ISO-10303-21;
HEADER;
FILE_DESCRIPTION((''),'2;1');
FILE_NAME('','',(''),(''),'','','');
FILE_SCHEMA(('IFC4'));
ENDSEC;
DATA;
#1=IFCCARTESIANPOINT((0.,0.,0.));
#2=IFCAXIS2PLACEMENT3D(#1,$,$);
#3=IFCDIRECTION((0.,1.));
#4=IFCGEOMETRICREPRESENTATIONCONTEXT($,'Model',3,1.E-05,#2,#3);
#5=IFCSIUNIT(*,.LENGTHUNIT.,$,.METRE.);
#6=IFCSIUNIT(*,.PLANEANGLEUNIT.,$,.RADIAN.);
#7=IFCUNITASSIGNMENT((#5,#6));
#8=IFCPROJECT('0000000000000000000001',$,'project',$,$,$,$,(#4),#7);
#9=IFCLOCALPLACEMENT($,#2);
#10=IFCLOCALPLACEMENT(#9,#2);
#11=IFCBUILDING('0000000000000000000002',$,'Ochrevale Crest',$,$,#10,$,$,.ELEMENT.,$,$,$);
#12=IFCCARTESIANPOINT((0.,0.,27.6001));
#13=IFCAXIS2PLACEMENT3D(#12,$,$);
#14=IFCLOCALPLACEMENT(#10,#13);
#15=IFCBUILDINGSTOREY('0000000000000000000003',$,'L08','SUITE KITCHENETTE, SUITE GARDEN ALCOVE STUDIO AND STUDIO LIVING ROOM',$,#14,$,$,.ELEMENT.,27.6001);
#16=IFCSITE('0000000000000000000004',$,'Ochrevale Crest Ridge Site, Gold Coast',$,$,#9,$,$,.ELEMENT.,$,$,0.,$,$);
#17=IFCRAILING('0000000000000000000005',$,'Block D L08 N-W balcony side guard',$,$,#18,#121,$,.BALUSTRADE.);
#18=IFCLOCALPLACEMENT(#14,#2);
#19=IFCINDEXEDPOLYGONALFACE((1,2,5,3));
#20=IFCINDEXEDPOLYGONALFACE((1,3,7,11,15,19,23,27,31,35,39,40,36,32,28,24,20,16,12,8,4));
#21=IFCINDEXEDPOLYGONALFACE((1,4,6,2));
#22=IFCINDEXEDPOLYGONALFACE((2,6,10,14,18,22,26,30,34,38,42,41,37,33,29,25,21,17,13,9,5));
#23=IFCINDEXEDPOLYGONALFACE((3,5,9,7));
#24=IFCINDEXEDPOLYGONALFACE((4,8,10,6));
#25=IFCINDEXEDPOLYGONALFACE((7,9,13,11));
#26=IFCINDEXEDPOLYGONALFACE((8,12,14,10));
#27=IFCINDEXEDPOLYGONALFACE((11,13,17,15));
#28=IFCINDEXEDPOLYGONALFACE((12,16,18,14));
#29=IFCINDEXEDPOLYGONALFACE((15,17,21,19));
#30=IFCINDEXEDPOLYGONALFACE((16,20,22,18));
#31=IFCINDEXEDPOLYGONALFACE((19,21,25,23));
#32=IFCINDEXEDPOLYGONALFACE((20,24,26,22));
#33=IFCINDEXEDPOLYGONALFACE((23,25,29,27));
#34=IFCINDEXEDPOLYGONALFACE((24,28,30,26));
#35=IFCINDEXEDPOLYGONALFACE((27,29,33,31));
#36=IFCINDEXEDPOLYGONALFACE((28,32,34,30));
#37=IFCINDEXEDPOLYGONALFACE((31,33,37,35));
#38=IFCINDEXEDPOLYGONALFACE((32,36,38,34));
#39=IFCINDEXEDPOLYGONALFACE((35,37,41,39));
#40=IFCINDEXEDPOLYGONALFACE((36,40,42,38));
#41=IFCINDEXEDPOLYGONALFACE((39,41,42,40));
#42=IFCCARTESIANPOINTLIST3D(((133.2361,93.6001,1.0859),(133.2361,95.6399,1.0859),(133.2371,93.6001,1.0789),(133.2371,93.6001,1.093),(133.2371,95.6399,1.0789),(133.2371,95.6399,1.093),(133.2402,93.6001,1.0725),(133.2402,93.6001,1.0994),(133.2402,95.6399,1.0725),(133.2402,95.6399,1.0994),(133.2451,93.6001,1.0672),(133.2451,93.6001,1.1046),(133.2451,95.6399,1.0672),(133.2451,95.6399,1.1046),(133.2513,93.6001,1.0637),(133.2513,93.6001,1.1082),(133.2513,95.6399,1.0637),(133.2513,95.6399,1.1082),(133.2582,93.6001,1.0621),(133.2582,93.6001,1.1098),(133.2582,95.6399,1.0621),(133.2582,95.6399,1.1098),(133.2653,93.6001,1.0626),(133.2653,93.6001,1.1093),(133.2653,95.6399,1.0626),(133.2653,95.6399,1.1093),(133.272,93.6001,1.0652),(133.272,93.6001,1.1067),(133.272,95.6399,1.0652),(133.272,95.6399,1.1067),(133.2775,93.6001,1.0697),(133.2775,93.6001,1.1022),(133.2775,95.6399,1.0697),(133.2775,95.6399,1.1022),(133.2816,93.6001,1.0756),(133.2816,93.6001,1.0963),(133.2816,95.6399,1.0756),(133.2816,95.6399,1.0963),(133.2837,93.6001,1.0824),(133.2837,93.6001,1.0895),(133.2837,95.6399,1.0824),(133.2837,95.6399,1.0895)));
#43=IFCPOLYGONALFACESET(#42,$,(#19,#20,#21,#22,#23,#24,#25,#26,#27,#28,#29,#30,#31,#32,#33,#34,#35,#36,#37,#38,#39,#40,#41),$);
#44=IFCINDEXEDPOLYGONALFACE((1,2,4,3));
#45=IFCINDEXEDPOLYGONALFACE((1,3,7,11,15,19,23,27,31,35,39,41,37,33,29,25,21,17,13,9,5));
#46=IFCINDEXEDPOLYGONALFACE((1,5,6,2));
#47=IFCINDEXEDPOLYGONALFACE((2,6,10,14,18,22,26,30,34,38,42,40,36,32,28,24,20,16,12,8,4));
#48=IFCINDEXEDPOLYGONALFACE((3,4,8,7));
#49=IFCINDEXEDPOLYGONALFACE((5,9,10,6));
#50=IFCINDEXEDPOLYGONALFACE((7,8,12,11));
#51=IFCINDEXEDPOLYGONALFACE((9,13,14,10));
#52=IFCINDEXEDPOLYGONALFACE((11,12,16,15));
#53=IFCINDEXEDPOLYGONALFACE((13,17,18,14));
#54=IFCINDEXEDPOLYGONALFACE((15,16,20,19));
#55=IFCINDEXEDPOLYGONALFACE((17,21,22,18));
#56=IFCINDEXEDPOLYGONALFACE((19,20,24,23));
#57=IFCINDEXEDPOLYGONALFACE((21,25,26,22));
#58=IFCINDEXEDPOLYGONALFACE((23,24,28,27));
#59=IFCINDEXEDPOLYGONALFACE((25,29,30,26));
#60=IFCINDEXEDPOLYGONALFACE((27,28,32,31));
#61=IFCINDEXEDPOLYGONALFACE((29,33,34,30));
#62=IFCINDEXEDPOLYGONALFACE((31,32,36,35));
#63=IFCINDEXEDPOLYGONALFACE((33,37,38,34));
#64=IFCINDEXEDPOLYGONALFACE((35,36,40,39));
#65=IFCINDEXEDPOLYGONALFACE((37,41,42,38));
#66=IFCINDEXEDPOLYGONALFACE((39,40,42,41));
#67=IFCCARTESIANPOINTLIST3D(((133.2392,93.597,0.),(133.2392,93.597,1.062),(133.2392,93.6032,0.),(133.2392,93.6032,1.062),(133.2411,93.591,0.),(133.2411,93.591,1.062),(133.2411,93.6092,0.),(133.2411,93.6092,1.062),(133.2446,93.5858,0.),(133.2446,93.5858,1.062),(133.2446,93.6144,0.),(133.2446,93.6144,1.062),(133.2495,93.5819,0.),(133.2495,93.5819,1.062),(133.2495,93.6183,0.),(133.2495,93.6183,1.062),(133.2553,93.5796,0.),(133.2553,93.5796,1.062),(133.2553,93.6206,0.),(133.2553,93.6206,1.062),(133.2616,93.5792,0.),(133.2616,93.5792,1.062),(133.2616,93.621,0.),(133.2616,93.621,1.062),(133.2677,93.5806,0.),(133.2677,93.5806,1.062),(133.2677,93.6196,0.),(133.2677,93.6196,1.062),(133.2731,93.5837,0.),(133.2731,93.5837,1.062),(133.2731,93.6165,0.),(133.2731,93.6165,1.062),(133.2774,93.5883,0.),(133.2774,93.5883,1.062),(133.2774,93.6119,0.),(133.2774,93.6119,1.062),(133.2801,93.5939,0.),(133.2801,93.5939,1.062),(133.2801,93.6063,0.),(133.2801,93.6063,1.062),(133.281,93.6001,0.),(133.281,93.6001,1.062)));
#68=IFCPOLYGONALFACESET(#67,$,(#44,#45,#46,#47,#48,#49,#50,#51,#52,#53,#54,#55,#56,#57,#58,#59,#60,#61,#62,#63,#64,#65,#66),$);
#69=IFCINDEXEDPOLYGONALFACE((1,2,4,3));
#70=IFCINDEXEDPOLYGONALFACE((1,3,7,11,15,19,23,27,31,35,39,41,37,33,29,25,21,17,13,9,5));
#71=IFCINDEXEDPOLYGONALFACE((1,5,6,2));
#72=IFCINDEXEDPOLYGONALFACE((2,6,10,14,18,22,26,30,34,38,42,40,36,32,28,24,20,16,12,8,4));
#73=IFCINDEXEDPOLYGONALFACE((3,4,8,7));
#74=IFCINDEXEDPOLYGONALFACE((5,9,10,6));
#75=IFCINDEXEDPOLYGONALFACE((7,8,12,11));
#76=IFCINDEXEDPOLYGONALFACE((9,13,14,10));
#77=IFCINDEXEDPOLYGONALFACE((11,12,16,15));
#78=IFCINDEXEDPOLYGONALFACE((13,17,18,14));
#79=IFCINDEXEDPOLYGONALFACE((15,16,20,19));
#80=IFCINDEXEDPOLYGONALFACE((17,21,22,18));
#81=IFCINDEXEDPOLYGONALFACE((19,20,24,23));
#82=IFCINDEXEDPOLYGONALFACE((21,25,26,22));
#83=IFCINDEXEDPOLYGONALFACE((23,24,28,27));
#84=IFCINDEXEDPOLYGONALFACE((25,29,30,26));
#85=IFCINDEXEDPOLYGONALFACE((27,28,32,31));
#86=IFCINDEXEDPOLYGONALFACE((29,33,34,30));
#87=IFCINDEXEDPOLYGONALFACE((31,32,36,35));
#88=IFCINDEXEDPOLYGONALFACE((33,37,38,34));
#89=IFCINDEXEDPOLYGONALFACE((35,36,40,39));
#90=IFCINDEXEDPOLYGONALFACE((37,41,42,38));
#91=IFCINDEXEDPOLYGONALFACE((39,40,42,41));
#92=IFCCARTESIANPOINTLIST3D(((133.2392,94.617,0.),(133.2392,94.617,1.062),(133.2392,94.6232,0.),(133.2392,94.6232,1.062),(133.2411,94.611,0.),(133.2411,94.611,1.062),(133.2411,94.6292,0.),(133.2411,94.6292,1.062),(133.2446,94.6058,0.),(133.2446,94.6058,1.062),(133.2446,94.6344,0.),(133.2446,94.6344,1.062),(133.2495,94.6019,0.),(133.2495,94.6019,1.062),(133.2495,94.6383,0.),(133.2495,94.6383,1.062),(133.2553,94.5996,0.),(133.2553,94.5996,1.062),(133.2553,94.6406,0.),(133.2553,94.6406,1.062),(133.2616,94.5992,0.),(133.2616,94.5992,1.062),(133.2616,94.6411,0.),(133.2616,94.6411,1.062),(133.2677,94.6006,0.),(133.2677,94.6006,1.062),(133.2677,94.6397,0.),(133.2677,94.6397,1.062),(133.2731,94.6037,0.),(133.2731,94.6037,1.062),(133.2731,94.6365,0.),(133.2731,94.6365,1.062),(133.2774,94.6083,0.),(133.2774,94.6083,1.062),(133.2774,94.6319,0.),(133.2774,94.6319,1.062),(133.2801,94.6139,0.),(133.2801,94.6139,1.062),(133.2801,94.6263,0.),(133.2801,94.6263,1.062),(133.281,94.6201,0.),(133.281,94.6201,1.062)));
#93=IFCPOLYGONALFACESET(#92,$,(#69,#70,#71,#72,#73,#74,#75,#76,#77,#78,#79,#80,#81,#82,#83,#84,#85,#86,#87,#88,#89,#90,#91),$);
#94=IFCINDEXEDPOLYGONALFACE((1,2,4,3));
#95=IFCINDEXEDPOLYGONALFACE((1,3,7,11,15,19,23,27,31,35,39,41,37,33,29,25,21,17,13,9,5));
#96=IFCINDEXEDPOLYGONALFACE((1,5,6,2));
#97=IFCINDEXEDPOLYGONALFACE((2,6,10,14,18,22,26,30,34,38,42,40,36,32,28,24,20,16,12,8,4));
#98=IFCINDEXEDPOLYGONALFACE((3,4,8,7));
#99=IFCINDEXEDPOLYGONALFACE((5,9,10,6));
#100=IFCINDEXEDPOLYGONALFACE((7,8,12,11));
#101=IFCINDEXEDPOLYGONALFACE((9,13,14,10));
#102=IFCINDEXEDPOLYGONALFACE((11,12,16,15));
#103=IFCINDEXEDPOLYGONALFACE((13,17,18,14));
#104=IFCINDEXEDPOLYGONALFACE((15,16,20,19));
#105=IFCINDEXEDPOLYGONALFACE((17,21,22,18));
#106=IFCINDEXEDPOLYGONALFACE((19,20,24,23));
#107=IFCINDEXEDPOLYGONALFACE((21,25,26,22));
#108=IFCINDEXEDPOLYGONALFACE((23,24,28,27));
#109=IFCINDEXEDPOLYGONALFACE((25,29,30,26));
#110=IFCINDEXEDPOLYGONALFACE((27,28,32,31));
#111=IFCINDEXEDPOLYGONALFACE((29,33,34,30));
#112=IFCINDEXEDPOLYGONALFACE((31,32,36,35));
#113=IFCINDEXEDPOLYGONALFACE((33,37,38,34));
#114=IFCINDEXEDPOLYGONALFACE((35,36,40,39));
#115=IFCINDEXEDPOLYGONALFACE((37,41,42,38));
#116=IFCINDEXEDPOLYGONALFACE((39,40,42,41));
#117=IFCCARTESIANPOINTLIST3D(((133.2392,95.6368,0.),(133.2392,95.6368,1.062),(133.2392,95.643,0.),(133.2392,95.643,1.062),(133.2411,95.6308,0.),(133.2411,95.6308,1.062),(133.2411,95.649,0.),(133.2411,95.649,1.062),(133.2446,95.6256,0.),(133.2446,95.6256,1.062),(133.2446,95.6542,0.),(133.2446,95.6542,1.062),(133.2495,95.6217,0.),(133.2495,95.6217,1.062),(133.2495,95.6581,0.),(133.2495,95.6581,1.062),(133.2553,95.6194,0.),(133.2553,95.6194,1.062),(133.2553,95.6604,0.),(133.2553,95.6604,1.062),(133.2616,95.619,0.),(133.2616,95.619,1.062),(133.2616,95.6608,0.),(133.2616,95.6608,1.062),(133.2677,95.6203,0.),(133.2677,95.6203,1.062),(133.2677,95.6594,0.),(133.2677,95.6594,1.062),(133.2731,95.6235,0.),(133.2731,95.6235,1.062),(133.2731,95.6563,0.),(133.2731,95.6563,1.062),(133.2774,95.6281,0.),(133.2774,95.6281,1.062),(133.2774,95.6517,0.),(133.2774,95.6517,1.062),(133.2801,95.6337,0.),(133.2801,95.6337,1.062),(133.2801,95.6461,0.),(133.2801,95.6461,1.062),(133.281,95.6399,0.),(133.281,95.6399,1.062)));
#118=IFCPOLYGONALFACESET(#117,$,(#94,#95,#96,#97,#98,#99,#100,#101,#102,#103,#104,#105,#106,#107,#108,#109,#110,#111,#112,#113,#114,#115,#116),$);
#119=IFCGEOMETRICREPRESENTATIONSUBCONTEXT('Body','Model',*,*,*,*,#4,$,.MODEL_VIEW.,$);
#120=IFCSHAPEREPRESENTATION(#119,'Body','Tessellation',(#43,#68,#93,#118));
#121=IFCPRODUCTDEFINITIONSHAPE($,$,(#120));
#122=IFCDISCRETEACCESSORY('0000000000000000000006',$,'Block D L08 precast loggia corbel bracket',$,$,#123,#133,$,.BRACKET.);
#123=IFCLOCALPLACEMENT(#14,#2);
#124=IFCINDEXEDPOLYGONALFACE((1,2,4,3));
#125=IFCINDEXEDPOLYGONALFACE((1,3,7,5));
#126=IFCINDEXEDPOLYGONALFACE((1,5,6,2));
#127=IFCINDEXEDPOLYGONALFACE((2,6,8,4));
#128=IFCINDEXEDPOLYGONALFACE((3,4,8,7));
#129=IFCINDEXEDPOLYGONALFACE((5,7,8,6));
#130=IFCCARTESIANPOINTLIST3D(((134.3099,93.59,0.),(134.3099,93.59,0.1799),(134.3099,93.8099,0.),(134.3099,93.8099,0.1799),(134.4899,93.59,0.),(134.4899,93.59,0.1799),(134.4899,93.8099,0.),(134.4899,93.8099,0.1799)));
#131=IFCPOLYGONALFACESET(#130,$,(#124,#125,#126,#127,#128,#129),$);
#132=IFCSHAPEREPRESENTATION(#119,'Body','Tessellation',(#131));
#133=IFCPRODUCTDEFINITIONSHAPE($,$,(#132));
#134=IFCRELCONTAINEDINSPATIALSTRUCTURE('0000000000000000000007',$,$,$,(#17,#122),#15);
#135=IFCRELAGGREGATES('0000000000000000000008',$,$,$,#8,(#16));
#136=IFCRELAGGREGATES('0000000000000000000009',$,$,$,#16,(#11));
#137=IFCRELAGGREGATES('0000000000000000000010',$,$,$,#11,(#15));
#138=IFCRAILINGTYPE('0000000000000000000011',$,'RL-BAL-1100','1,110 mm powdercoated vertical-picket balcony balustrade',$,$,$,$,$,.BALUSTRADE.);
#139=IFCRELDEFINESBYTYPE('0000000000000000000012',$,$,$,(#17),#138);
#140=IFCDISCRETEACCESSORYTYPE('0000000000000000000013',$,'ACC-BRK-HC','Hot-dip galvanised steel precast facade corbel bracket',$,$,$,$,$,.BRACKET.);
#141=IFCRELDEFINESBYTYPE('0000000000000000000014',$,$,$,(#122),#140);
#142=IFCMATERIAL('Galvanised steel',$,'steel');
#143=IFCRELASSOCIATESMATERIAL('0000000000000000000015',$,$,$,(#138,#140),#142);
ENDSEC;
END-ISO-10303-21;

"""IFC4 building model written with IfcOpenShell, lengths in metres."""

from ifc_helpers import new_model, si_unit, direction, frame, origin, origin_2d, place, context, subcontext, project, spatial, rectangle, circle, extrude, material, type_object, element, save


model = new_model("IFC4")

# Units and contexts
model_context = context("Model", 3, precision=1e-05, world=origin(), true_north=direction((0.0, 1.0)))
body_context = subcontext(model_context, "Body", "Model", "MODEL_VIEW")
ifc_project = project(units=[si_unit("LENGTHUNIT", "METRE"), si_unit("PLANEANGLEUNIT", "RADIAN")], contexts=[model_context])

# Site, building, storey
site_placement = place(None, origin())
site = spatial("IfcSite", under=ifc_project, at=site_placement, Name="Ochrevale Crest Ridge Site, Gold Coast", CompositionType="ELEMENT", RefElevation=0.0)
building_placement = place(site_placement, origin())
building = spatial("IfcBuilding", under=site, at=building_placement, Name="Ochrevale Crest", CompositionType="ELEMENT")
storey_placement = place(building_placement, frame((0.0, 0.0, 27.6001)))
storey = spatial("IfcBuildingStorey", under=building, at=storey_placement, Name="L08", Description="SUITE KITCHENETTE, SUITE GARDEN ALCOVE STUDIO AND STUDIO LIVING ROOM", CompositionType="ELEMENT", Elevation=27.6001)

# Railing
ifc_material_1 = material(Name="Galvanised steel", Category="steel")
railing_type = type_object("IfcRailingType", Name="RL-BAL-1100", Description="1,110 mm powdercoated vertical-picket balcony balustrade", PredefinedType="BALUSTRADE", material=ifc_material_1)
railing_1_placement = place(storey_placement, frame((133.26, 93.6001, 0.0)))
element("IfcRailing", 1, at=railing_1_placement, inside=storey, type_object=railing_type, Name="Block D L08 N-W balcony side guard", PredefinedType="BALUSTRADE", context=body_context, shape_type="SweptSolid", body=[
    extrude(circle(Radius=0.0239, at=origin_2d()), frame((0.0, 0.0, 1.0859), z_axis=(0.0, 1.0, 0.0), x_axis=(-1.0, 0.0, 0.0)), (0.0, 0.0, 1.0), 2.0398),
    extrude(circle(Radius=0.021, at=origin_2d()), origin(), (0.0, 0.0, 1.0), 1.062),
    extrude(circle(Radius=0.021, at=origin_2d()), frame((0.0, 1.02, 0.0)), (0.0, 0.0, 1.0), 1.062),
    extrude(circle(Radius=0.021, at=origin_2d()), frame((0.0, 2.0398, 0.0)), (0.0, 0.0, 1.0), 1.062),
])

# Discrete accessory
discrete_accessory_type = type_object("IfcDiscreteAccessoryType", Name="ACC-BRK-HC", Description="Hot-dip galvanised steel precast facade corbel bracket", PredefinedType="BRACKET", material=ifc_material_1)
discrete_accessory_placement = place(storey_placement, frame((134.3999, 93.7, 0.0), z_axis=(0.0, 0.0, 1.0), x_axis=(1.0, 0.0, 0.0)))
element("IfcDiscreteAccessory", 2, at=discrete_accessory_placement, inside=storey, type_object=discrete_accessory_type, Name="Block D L08 precast loggia corbel bracket", PredefinedType="BRACKET", context=body_context, shape_type="SweptSolid", body=[
    extrude(rectangle(XDim=0.1799, YDim=0.22, at=origin_2d()), origin(), (0.0, 0.0, 1.0), 0.1799),
])

save(model, "model.ifc")
